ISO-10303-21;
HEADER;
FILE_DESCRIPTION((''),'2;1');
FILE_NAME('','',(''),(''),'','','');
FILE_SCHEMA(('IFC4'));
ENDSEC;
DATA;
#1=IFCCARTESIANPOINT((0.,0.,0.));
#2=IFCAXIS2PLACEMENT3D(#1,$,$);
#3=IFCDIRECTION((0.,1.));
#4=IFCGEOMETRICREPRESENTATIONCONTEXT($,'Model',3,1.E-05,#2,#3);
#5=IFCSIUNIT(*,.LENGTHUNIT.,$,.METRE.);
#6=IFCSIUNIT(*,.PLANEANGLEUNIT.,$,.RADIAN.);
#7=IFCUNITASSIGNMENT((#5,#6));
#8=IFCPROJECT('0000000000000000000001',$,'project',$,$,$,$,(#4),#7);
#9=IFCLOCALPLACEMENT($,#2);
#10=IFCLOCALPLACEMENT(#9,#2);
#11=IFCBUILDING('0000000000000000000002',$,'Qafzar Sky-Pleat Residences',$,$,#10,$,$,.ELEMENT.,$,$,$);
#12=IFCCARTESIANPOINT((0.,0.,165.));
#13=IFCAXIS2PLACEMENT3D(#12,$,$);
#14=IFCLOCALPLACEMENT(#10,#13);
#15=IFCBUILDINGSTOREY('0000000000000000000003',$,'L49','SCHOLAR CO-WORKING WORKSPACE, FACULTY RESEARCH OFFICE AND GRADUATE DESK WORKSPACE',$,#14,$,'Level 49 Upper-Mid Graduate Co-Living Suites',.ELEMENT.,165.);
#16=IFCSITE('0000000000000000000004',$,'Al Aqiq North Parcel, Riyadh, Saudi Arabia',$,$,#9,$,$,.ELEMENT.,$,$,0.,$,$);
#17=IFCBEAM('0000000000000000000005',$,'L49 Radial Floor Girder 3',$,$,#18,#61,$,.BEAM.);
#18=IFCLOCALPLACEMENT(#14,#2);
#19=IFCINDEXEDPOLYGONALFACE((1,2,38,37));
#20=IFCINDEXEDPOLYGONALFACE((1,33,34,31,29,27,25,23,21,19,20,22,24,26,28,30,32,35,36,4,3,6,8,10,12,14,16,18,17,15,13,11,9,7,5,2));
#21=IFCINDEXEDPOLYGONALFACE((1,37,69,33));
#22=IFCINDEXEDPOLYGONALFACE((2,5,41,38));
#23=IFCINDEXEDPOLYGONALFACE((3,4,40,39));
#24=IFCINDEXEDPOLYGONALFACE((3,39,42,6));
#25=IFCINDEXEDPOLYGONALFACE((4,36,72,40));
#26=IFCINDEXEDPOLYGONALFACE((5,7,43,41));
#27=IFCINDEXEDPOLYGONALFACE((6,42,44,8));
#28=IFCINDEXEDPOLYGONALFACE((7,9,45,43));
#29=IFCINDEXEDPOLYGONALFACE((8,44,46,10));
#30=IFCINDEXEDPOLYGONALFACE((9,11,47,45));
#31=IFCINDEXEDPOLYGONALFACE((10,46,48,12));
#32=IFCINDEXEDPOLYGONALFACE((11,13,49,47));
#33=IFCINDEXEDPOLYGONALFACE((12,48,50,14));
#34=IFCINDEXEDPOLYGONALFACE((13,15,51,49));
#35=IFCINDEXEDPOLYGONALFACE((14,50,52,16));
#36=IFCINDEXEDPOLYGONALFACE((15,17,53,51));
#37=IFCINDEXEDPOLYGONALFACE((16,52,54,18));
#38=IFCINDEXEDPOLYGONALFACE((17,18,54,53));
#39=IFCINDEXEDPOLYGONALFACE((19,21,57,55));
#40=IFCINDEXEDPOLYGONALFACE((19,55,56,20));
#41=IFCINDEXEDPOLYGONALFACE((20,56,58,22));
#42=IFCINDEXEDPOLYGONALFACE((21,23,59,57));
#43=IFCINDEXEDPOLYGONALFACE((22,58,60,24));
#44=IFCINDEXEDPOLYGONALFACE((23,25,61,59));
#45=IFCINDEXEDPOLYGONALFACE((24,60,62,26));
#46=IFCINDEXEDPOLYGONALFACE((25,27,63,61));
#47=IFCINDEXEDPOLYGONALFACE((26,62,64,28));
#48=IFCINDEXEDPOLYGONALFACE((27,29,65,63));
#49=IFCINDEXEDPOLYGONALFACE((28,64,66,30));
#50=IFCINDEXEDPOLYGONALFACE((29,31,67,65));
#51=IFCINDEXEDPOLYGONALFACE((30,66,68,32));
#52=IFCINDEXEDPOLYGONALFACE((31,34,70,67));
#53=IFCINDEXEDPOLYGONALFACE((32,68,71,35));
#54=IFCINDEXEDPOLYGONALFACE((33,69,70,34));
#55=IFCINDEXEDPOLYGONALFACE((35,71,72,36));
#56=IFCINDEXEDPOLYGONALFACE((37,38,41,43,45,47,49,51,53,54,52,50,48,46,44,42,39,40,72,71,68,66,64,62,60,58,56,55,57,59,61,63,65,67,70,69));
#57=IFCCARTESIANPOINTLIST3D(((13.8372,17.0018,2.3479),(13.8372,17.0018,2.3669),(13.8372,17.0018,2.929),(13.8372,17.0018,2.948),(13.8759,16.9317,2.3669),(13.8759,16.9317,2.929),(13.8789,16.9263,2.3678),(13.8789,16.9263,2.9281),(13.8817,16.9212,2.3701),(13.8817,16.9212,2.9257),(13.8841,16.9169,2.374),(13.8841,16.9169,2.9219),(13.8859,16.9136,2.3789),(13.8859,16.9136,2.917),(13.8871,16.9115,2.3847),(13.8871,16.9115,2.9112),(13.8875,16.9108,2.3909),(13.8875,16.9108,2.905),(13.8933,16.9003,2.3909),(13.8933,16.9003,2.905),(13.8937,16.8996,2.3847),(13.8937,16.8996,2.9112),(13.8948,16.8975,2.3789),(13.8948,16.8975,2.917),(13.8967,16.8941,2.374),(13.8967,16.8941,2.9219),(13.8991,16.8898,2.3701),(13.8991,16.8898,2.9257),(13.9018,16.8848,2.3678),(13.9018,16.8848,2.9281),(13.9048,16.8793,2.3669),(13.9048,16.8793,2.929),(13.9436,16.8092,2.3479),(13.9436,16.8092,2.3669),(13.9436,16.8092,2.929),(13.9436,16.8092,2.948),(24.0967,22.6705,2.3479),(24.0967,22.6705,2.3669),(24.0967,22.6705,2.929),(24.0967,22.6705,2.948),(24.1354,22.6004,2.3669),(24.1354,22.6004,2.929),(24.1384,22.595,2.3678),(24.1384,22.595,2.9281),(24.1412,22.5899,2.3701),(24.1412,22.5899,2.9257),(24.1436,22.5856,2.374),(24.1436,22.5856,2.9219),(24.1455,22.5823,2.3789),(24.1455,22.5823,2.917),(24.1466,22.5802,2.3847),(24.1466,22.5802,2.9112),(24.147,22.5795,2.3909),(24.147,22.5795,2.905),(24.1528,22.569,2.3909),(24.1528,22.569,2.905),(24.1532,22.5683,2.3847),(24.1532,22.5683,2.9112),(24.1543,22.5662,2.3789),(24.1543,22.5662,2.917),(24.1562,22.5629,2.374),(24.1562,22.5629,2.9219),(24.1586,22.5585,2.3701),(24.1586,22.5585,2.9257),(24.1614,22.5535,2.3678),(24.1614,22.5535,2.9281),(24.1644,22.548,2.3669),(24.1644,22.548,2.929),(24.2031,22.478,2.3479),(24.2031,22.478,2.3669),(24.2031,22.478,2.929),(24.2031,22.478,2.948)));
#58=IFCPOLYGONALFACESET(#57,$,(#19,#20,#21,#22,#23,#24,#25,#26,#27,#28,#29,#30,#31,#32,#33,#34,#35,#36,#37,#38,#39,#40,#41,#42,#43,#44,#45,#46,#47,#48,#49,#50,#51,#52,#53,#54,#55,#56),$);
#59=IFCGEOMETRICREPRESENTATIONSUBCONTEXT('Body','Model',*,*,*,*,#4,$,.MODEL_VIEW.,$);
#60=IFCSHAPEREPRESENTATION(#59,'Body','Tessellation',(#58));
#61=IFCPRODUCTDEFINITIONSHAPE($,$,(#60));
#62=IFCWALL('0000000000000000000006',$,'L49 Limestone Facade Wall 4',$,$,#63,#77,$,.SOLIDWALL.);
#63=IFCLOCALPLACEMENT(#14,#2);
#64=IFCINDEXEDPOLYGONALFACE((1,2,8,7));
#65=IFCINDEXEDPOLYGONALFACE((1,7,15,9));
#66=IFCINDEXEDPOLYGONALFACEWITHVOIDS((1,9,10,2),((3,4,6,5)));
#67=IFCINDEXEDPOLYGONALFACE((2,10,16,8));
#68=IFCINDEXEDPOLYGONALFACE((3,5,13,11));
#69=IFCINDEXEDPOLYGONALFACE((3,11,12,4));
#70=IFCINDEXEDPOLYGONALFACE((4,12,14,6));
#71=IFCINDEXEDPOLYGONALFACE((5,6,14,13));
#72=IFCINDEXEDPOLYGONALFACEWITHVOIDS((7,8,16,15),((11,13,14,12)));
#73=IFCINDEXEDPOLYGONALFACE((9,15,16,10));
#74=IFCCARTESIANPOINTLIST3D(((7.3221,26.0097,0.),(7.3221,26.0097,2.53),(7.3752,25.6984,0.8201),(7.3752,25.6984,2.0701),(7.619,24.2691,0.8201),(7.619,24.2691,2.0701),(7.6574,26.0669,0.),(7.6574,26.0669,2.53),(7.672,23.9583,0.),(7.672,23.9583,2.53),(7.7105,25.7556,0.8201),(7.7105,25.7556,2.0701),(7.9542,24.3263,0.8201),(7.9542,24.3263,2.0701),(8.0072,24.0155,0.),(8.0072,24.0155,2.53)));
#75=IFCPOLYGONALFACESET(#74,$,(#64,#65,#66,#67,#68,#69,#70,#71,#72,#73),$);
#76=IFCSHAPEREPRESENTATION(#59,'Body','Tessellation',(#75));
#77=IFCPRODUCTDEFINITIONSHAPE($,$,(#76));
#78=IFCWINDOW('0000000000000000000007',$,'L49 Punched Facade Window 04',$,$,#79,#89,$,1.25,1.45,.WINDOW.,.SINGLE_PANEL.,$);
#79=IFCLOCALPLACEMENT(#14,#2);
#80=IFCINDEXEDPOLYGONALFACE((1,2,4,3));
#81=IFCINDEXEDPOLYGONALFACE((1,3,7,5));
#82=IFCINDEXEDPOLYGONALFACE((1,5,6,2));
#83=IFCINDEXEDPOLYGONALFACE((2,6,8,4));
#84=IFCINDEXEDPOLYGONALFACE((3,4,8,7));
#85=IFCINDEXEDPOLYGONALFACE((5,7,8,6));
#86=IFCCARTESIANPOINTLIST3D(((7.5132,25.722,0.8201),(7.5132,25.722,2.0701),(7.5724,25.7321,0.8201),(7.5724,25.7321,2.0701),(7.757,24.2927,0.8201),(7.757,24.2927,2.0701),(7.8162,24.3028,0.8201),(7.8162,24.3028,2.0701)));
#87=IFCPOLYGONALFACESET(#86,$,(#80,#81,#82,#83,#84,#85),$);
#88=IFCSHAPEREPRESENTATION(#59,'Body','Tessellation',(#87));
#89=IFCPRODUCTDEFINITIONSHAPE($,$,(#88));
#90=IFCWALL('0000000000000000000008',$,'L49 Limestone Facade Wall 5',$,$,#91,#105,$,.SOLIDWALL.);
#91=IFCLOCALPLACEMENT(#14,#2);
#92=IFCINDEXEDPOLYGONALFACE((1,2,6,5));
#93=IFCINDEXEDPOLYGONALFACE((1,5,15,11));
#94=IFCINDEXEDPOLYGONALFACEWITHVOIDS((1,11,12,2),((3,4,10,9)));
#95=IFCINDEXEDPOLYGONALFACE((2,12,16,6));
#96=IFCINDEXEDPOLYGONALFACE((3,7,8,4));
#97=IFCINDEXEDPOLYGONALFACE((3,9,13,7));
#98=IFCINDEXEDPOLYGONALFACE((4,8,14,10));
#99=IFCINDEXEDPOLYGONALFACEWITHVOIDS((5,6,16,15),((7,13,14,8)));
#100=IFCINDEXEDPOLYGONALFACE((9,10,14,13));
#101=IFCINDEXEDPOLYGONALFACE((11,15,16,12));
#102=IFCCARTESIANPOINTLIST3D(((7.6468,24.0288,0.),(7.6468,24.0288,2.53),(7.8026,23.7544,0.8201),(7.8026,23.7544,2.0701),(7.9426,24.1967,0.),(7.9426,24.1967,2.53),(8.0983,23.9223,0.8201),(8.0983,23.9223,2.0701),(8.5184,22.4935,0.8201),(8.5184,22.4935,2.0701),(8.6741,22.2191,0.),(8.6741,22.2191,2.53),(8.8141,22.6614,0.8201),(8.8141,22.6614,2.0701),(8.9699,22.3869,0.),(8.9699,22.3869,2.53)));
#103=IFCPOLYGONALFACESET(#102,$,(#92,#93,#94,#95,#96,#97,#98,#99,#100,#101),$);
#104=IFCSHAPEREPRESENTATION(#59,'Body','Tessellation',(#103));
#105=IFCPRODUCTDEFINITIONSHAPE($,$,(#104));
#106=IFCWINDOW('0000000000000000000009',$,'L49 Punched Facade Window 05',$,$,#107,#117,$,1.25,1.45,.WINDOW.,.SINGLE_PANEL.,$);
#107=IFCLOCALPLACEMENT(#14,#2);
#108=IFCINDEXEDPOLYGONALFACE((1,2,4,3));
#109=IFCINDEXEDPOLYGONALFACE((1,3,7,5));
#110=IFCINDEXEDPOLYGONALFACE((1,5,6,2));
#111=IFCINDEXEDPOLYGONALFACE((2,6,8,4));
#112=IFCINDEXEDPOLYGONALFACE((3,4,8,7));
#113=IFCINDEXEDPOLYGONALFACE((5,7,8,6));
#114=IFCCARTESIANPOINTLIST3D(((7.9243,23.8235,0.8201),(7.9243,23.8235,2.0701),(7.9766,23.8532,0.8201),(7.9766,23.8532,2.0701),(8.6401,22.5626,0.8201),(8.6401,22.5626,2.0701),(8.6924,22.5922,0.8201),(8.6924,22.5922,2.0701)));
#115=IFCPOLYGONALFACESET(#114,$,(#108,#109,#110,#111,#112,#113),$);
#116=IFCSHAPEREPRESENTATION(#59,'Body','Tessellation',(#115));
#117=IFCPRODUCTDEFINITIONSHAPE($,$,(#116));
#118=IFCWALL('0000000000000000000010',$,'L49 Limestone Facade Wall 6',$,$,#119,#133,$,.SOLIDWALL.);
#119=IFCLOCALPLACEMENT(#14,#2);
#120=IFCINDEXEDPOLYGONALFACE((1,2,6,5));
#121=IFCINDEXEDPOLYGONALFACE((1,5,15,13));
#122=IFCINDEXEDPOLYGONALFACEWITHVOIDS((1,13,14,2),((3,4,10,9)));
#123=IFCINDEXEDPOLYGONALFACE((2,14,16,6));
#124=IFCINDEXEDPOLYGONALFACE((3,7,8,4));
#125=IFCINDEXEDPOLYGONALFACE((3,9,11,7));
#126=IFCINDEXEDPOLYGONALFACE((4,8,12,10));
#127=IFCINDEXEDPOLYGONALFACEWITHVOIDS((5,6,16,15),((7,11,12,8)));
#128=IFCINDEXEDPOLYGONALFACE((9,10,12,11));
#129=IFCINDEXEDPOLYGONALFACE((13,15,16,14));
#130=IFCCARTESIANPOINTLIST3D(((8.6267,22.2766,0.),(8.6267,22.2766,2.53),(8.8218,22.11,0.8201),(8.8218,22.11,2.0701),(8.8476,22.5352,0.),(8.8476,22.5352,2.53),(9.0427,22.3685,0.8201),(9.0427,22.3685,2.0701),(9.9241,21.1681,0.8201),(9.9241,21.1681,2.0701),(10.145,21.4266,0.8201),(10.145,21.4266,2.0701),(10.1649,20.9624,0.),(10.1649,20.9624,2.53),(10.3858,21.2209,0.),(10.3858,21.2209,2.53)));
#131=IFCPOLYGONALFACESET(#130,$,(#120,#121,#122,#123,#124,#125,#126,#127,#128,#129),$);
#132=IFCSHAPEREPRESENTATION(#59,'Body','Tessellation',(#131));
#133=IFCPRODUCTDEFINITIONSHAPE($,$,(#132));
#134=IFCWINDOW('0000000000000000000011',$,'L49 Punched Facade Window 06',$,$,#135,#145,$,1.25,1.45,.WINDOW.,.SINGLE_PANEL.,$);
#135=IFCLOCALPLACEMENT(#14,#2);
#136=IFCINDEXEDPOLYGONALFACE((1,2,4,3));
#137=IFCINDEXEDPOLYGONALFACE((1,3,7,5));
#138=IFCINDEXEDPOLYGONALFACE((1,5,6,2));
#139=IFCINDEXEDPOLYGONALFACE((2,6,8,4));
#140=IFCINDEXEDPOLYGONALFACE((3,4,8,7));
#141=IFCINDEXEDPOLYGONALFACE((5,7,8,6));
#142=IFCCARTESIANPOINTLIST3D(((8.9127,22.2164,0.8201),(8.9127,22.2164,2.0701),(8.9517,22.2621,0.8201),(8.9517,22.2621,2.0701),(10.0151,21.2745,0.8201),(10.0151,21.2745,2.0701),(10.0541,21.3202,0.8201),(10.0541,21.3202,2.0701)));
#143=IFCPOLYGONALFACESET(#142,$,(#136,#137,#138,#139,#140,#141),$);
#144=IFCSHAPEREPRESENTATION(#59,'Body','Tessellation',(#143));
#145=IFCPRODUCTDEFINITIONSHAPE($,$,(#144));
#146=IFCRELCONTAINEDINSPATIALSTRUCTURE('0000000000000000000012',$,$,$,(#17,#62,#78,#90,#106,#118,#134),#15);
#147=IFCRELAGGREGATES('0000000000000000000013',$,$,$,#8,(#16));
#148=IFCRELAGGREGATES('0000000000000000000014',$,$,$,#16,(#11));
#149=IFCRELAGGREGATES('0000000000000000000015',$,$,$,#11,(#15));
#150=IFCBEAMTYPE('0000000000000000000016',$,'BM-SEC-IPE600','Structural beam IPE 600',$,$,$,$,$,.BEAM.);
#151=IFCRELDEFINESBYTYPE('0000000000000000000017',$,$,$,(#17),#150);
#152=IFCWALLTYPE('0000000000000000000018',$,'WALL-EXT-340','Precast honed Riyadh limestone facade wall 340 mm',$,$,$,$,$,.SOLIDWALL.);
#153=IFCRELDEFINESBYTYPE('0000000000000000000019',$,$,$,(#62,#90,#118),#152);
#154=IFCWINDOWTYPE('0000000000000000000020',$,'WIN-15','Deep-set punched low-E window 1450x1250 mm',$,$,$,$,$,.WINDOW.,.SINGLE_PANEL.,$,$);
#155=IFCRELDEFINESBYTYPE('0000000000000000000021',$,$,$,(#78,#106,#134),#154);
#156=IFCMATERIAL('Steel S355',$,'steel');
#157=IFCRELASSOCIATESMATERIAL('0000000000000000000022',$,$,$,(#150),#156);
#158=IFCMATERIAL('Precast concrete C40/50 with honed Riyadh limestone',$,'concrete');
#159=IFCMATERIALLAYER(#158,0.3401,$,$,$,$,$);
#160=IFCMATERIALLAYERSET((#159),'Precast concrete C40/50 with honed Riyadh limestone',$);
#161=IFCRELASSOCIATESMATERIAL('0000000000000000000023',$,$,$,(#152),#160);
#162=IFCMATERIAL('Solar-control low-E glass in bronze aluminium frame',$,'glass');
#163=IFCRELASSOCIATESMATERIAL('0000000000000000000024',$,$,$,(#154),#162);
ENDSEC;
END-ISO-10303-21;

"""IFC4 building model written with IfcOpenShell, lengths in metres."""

from ifc_helpers import new_model, si_unit, direction, frame, frame_2d, origin, origin_2d, place, context, subcontext, project, spatial, rectangle, i_section, extrude, source, transform, mapped, material, layer, layer_set, material_profile, profile_set, type_object, element, fill, save


model = new_model("IFC4")

# Units and contexts
model_context = context("Model", 3, precision=1e-05, world=origin(), true_north=direction((0.0, 1.0)))
body_context = subcontext(model_context, "Body", "Model", "MODEL_VIEW")
ifc_project = project(units=[si_unit("LENGTHUNIT", "METRE"), si_unit("PLANEANGLEUNIT", "RADIAN")], contexts=[model_context])

# Site, building, storey
site_placement = place(None, origin())
site = spatial("IfcSite", under=ifc_project, at=site_placement, Name="Al Aqiq North Parcel, Riyadh, Saudi Arabia", CompositionType="ELEMENT", RefElevation=0.0)
building_placement = place(site_placement, origin())
building = spatial("IfcBuilding", under=site, at=building_placement, Name="Qafzar Sky-Pleat Residences", CompositionType="ELEMENT")
storey_placement = place(building_placement, frame((0.0, 0.0, 165.0)))
storey = spatial("IfcBuildingStorey", under=building, at=storey_placement, Name="L49", Description="SCHOLAR CO-WORKING WORKSPACE, FACULTY RESEARCH OFFICE AND GRADUATE DESK WORKSPACE", LongName="Level 49 Upper-Mid Graduate Co-Living Suites", CompositionType="ELEMENT", Elevation=165.0)

# Shared definitions
ifc_material_1 = material(Name="Steel S355", Category="steel")

# Beam
ifc_material_profile_1 = material_profile(ifc_material_1, i_section(OverallWidth=0.22, OverallDepth=0.6001, WebThickness=0.012, FlangeThickness=0.019, FilletRadius=0.0239, at=origin_2d()), Name="IPE 600")
ifc_profile_set_1 = profile_set([ifc_material_profile_1], Name="Steel S355")
beam_type_1 = type_object("IfcBeamType", Name="BM-SEC-IPE600", Description="Structural beam IPE 600", PredefinedType="BEAM", material=ifc_profile_set_1)
shared_shape_1 = source(origin(), body_context, "Body", "SweptSolid", [
    extrude(i_section(OverallWidth=0.22, OverallDepth=0.6001, WebThickness=0.012, FlangeThickness=0.019, FilletRadius=0.0239, at=origin_2d()), origin(), (0.0, 0.0, 1.0), 11.7214),
])
beam_1_placement = place(storey_placement, frame((13.8904, 16.9055, 2.6479), z_axis=(0.875279, 0.483619, 0.0), x_axis=(-0.483619, 0.875279, 0.0)))
element("IfcBeam", 1, at=beam_1_placement, inside=storey, type_object=beam_type_1, Name="L49 Radial Floor Girder 3", PredefinedType="BEAM", context=body_context, shape_type="MappedRepresentation", body=[
    mapped(shared_shape_1, transform((0.0, 0.0, 0.0), x_axis=(1.0, 0.0, 0.0), y_axis=(0.0, 1.0, 0.0), z_axis=(0.0, 0.0, 1.0), scale=1.0)),
])

# Walls, openings, windows
ifc_material_2 = material(Name="Precast concrete C40/50 with honed Riyadh limestone", Category="concrete")
ifc_layer_1 = layer(ifc_material_2, 0.3401)
ifc_layer_set_1 = layer_set([ifc_layer_1], Name="Precast concrete C40/50 with honed Riyadh limestone")
wall_type = type_object("IfcWallType", Name="WALL-EXT-340", Description="Precast honed Riyadh limestone facade wall 340 mm", PredefinedType="SOLIDWALL", material=ifc_layer_set_1)
wall_1_placement = place(storey_placement, frame((7.4897, 26.0383, 0.0), z_axis=(0.0, 0.0, 1.0), x_axis=(0.168107, -0.985769, 0.0)))
wall_1 = element("IfcWall", 2, at=wall_1_placement, inside=storey, type_object=wall_type, Name="L49 Limestone Facade Wall 4", PredefinedType="SOLIDWALL", context=body_context, shape_type="SweptSolid", body=[
    extrude(rectangle(XDim=2.0811, YDim=0.3401, at=frame_2d((1.0405, 0.0))), origin(), (0.0, 0.0, 1.0), 2.53),
])
opening_1_placement = place(wall_1_placement, frame((0.3157, 0.0, 0.8201)))
opening_1 = element("IfcOpeningElement", 3, at=opening_1_placement, cuts=wall_1, PredefinedType="OPENING", context=body_context, shape_type="SweptSolid", body=[
    extrude(rectangle(XDim=1.45, YDim=1.25, at=frame_2d((0.7251, 0.625))), frame((0.0, 0.1802, 0.0), z_axis=(0.0, -1.0, 0.0), x_axis=(1.0, 0.0, 0.0)), (0.0, 0.0, 1.0), 0.3601),
])
ifc_material_3 = material(Name="Solar-control low-E glass in bronze aluminium frame", Category="glass")
window_type_1 = type_object("IfcWindowType", Name="WIN-15", Description="Deep-set punched low-E window 1450x1250 mm", PartitioningType="SINGLE_PANEL", PredefinedType="WINDOW", material=ifc_material_3)
shared_shape_2 = source(origin(), body_context, "Body", "SweptSolid", [
    extrude(rectangle(XDim=1.45, YDim=1.25, at=frame_2d((0.7251, 0.625))), frame((0.0, 0.03, 0.0), z_axis=(0.0, -1.0, 0.0), x_axis=(1.0, 0.0, 0.0)), (0.0, 0.0, 1.0), 0.0601),
])
window_1_placement = place(opening_1_placement, origin())
window_1 = element("IfcWindow", 4, at=window_1_placement, inside=storey, type_object=window_type_1, Name="L49 Punched Facade Window 04", OverallHeight=1.25, OverallWidth=1.45, PartitioningType="SINGLE_PANEL", PredefinedType="WINDOW", context=body_context, shape_type="MappedRepresentation", body=[
    mapped(shared_shape_2, transform((0.0, 0.0, 0.0), x_axis=(1.0, 0.0, 0.0), y_axis=(0.0, 1.0, 0.0), z_axis=(0.0, 0.0, 1.0), scale=1.0)),
])
fill(opening_1, window_1)
wall_2_placement = place(storey_placement, frame((7.7947, 24.1128, 0.0), z_axis=(0.0, 0.0, 1.0), x_axis=(0.493661, -0.869655, 0.0)))
wall_2 = element("IfcWall", 5, at=wall_2_placement, inside=storey, type_object=wall_type, Name="L49 Limestone Facade Wall 5", PredefinedType="SOLIDWALL", context=body_context, shape_type="SweptSolid", body=[
    extrude(rectangle(XDim=2.0811, YDim=0.3401, at=frame_2d((1.0405, 0.0))), origin(), (0.0, 0.0, 1.0), 2.53),
])
opening_2_placement = place(wall_2_placement, frame((0.3154, 0.0, 0.8201)))
opening_2 = element("IfcOpeningElement", 6, at=opening_2_placement, cuts=wall_2, PredefinedType="OPENING", context=body_context, shape_type="SweptSolid", body=[
    extrude(rectangle(XDim=1.45, YDim=1.25, at=frame_2d((0.7251, 0.625))), frame((0.0, 0.1802, 0.0), z_axis=(0.0, -1.0, 0.0), x_axis=(1.0, 0.0, 0.0)), (0.0, 0.0, 1.0), 0.3601),
])
window_2_placement = place(opening_2_placement, origin())
window_2 = element("IfcWindow", 7, at=window_2_placement, inside=storey, type_object=window_type_1, Name="L49 Punched Facade Window 05", OverallHeight=1.25, OverallWidth=1.45, PartitioningType="SINGLE_PANEL", PredefinedType="WINDOW", context=body_context, shape_type="MappedRepresentation", body=[
    mapped(shared_shape_2, transform((0.0, 0.0, 0.0), x_axis=(1.0, 0.0, 0.0), y_axis=(0.0, 1.0, 0.0), z_axis=(0.0, 0.0, 1.0), scale=1.0)),
])
fill(opening_2, window_2)
wall_3_placement = place(storey_placement, frame((8.7371, 22.406, 0.0), z_axis=(0.0, 0.0, 1.0), x_axis=(0.760269, -0.649608, 0.0)))
wall_3 = element("IfcWall", 8, at=wall_3_placement, inside=storey, type_object=wall_type, Name="L49 Limestone Facade Wall 6", PredefinedType="SOLIDWALL", context=body_context, shape_type="SweptSolid", body=[
    extrude(rectangle(XDim=2.0232, YDim=0.3401, at=frame_2d((1.0117, 0.0))), origin(), (0.0, 0.0, 1.0), 2.53),
])
opening_3_placement = place(wall_3_placement, frame((0.2566, 0.0, 0.8201)))
opening_3 = element("IfcOpeningElement", 9, at=opening_3_placement, cuts=wall_3, PredefinedType="OPENING", context=body_context, shape_type="SweptSolid", body=[
    extrude(rectangle(XDim=1.45, YDim=1.25, at=frame_2d((0.7251, 0.625))), frame((0.0, 0.1802, 0.0), z_axis=(0.0, -1.0, 0.0), x_axis=(1.0, 0.0, 0.0)), (0.0, 0.0, 1.0), 0.3601),
])
window_3_placement = place(opening_3_placement, origin())
window_3 = element("IfcWindow", 10, at=window_3_placement, inside=storey, type_object=window_type_1, Name="L49 Punched Facade Window 06", OverallHeight=1.25, OverallWidth=1.45, PartitioningType="SINGLE_PANEL", PredefinedType="WINDOW", context=body_context, shape_type="MappedRepresentation", body=[
    mapped(shared_shape_2, transform((0.0, 0.0, 0.0), x_axis=(1.0, 0.0, 0.0), y_axis=(0.0, 1.0, 0.0), z_axis=(0.0, 0.0, 1.0), scale=1.0)),
])
fill(opening_3, window_3)

save(model, "model.ifc")
